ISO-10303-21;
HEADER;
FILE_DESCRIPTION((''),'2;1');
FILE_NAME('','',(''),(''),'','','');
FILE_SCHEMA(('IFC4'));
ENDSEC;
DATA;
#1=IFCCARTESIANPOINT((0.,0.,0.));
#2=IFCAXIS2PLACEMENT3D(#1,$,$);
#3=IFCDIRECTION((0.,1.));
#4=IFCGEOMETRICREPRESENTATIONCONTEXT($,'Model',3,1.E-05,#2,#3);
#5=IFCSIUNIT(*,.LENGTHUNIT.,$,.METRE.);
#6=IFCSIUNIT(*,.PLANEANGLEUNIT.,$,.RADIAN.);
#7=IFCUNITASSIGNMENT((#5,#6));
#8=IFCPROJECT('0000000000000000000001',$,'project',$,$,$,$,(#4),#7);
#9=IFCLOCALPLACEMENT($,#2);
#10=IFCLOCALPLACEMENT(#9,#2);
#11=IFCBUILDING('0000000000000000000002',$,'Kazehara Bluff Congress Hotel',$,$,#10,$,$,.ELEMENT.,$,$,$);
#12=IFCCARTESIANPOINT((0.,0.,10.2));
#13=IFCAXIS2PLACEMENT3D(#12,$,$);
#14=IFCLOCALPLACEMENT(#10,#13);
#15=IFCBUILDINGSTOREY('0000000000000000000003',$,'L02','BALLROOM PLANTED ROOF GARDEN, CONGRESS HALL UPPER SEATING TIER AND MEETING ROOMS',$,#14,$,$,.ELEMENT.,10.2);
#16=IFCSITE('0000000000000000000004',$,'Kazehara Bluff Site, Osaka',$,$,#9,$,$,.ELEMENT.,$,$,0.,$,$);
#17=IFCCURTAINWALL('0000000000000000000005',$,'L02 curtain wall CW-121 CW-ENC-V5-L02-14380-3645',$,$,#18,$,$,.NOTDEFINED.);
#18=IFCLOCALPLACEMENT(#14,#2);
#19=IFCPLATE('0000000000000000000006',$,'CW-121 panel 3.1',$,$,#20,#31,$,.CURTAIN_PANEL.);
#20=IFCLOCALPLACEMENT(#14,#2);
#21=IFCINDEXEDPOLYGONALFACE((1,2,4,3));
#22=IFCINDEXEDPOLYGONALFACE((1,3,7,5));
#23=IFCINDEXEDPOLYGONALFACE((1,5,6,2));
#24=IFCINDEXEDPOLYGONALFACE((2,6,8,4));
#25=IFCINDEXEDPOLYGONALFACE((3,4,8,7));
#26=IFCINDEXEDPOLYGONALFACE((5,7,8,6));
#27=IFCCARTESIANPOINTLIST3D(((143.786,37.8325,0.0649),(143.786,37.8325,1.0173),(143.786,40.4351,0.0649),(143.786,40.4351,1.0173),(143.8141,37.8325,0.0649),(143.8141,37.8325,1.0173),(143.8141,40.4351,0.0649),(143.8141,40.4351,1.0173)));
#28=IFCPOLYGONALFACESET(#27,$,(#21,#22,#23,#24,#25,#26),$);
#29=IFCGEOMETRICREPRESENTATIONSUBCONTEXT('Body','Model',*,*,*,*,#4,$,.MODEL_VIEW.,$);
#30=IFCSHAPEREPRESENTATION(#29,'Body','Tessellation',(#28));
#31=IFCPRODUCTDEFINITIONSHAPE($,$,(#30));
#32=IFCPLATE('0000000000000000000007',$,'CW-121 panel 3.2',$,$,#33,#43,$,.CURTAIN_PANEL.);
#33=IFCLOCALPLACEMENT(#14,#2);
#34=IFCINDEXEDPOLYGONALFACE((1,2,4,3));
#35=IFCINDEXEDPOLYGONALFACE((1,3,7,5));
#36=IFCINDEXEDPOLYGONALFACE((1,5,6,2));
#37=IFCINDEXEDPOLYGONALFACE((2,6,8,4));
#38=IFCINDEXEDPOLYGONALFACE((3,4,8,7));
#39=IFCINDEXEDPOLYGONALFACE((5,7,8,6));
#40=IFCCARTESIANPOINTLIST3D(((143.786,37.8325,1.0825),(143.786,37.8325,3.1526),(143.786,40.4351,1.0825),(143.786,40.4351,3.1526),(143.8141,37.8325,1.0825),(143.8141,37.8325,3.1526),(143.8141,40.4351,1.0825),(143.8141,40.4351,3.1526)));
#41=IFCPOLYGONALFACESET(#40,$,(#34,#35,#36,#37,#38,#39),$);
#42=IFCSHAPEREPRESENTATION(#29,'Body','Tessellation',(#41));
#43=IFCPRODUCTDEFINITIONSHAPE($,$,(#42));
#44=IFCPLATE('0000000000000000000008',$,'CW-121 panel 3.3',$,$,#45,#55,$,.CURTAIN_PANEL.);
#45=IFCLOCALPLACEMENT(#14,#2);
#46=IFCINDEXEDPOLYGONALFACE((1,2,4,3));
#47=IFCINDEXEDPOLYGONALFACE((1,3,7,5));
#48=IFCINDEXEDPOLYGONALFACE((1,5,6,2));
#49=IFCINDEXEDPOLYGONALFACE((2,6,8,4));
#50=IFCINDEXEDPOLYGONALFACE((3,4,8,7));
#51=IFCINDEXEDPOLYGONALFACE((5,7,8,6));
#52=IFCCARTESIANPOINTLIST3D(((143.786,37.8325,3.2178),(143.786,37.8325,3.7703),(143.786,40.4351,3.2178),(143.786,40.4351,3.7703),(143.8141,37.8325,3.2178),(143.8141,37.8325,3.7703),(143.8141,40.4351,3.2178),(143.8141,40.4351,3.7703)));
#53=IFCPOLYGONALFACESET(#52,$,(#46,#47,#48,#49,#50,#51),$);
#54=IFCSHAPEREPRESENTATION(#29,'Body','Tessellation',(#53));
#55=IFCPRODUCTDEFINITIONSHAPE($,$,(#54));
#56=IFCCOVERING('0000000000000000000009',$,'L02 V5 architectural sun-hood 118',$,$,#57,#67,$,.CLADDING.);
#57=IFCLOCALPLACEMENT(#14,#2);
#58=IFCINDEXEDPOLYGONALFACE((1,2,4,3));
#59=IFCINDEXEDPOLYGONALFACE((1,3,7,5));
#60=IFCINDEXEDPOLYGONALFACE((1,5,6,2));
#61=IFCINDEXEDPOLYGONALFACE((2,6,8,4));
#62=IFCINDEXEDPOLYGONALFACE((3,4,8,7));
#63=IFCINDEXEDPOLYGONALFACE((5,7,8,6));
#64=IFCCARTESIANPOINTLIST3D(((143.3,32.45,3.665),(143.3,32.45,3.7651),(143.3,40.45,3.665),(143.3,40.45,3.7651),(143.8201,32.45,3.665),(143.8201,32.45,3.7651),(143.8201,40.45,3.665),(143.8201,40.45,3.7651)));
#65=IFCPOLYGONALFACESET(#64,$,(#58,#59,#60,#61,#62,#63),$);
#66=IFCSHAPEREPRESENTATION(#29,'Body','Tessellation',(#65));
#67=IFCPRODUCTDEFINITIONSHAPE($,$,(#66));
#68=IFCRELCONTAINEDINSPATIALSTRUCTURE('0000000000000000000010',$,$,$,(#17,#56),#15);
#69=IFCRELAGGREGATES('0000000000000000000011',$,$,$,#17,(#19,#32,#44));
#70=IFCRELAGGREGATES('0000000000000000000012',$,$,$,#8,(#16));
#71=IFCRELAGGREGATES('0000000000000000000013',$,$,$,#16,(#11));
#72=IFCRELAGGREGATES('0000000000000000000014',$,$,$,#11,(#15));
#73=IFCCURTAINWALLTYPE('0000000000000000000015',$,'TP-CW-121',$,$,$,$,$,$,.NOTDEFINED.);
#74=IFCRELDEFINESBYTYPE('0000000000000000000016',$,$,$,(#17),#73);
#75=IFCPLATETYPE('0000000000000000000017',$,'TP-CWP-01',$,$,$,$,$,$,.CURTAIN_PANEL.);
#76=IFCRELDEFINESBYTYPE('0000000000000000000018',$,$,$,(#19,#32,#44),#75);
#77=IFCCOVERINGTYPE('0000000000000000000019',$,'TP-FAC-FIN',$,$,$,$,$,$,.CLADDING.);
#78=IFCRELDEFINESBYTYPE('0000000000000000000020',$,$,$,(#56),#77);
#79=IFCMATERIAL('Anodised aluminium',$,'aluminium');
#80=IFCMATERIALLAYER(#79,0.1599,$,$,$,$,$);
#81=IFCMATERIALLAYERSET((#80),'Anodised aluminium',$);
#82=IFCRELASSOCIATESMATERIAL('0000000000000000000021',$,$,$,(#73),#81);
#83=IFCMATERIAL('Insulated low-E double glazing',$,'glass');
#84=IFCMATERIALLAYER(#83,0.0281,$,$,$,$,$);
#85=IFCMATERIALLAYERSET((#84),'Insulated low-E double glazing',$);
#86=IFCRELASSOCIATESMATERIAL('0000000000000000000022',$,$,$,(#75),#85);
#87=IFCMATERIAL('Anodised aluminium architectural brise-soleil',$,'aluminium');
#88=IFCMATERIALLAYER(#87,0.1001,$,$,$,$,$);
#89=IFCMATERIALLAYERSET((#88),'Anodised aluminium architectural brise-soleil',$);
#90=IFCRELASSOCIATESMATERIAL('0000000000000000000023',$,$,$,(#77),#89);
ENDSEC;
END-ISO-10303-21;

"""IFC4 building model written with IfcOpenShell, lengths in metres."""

from ifc_helpers import new_model, si_unit, direction, frame, origin, origin_2d, place, context, subcontext, project, spatial, rectangle, extrude, material, layer, layer_set, type_object, element, aggregate, save


model = new_model("IFC4")

# Units and contexts
model_context = context("Model", 3, precision=1e-05, world=origin(), true_north=direction((0.0, 1.0)))
body_context = subcontext(model_context, "Body", "Model", "MODEL_VIEW")
ifc_project = project(units=[si_unit("LENGTHUNIT", "METRE"), si_unit("PLANEANGLEUNIT", "RADIAN")], contexts=[model_context])

# Site, building, storey
site_placement = place(None, origin())
site = spatial("IfcSite", under=ifc_project, at=site_placement, Name="Kazehara Bluff Site, Osaka", CompositionType="ELEMENT", RefElevation=0.0)
building_placement = place(site_placement, origin())
building = spatial("IfcBuilding", under=site, at=building_placement, Name="Kazehara Bluff Congress Hotel", CompositionType="ELEMENT")
storey_placement = place(building_placement, frame((0.0, 0.0, 10.2)))
storey = spatial("IfcBuildingStorey", under=building, at=storey_placement, Name="L02", Description="BALLROOM PLANTED ROOF GARDEN, CONGRESS HALL UPPER SEATING TIER AND MEETING ROOMS", CompositionType="ELEMENT", Elevation=10.2)

# Curtain wall
ifc_material_1 = material(Name="Anodised aluminium", Category="aluminium")
ifc_layer_1 = layer(ifc_material_1, 0.1599)
ifc_layer_set_1 = layer_set([ifc_layer_1], Name="Anodised aluminium")
curtain_wall_type_1 = type_object("IfcCurtainWallType", Name="TP-CW-121", PredefinedType="NOTDEFINED", material=ifc_layer_set_1)
curtain_wall_1_placement = place(storey_placement, origin())
curtain_wall_1 = element("IfcCurtainWall", 1, at=curtain_wall_1_placement, inside=storey, type_object=curtain_wall_type_1, Name="L02 curtain wall CW-121 CW-ENC-V5-L02-14380-3645", PredefinedType="NOTDEFINED")

# Plates
ifc_material_2 = material(Name="Insulated low-E double glazing", Category="glass")
ifc_layer_2 = layer(ifc_material_2, 0.0281)
ifc_layer_set_2 = layer_set([ifc_layer_2], Name="Insulated low-E double glazing")
plate_type = type_object("IfcPlateType", Name="TP-CWP-01", PredefinedType="CURTAIN_PANEL", material=ifc_layer_set_2)
plate_1_placement = place(storey_placement, frame((143.8, 39.1338, 0.0649), z_axis=(0.0, 0.0, 1.0), x_axis=(0.0, 1.0, 0.0)))
plate_1 = element("IfcPlate", 2, at=plate_1_placement, type_object=plate_type, Name="CW-121 panel 3.1", PredefinedType="CURTAIN_PANEL", context=body_context, shape_type="SweptSolid", body=[
    extrude(rectangle(XDim=2.6025, YDim=0.0281, at=origin_2d()), origin(), (0.0, 0.0, 1.0), 0.9524),
])
plate_2_placement = place(storey_placement, frame((143.8, 39.1338, 1.0825), z_axis=(0.0, 0.0, 1.0), x_axis=(0.0, 1.0, 0.0)))
plate_2 = element("IfcPlate", 3, at=plate_2_placement, type_object=plate_type, Name="CW-121 panel 3.2", PredefinedType="CURTAIN_PANEL", context=body_context, shape_type="SweptSolid", body=[
    extrude(rectangle(XDim=2.6025, YDim=0.0281, at=origin_2d()), origin(), (0.0, 0.0, 1.0), 2.0701),
])
plate_3_placement = place(storey_placement, frame((143.8, 39.1338, 3.2178), z_axis=(0.0, 0.0, 1.0), x_axis=(0.0, 1.0, 0.0)))
plate_3 = element("IfcPlate", 4, at=plate_3_placement, type_object=plate_type, Name="CW-121 panel 3.3", PredefinedType="CURTAIN_PANEL", context=body_context, shape_type="SweptSolid", body=[
    extrude(rectangle(XDim=2.6025, YDim=0.0281, at=origin_2d()), origin(), (0.0, 0.0, 1.0), 0.5525),
])
aggregate(curtain_wall_1, [plate_1, plate_2, plate_3])

# Covering
ifc_material_3 = material(Name="Anodised aluminium architectural brise-soleil", Category="aluminium")
ifc_layer_3 = layer(ifc_material_3, 0.1001)
ifc_layer_set_3 = layer_set([ifc_layer_3], Name="Anodised aluminium architectural brise-soleil")
covering_type = type_object("IfcCoveringType", Name="TP-FAC-FIN", PredefinedType="CLADDING", material=ifc_layer_set_3)
covering_placement = place(storey_placement, frame((143.5601, 36.45, 3.665), z_axis=(0.0, 0.0, 1.0), x_axis=(1.0, 0.0, 0.0)))
element("IfcCovering", 5, at=covering_placement, inside=storey, type_object=covering_type, Name="L02 V5 architectural sun-hood 118", PredefinedType="CLADDING", context=body_context, shape_type="SweptSolid", body=[
    extrude(rectangle(XDim=0.52, YDim=8.0, at=origin_2d()), origin(), (0.0, 0.0, 1.0), 0.1001),
])

save(model, "model.ifc")
